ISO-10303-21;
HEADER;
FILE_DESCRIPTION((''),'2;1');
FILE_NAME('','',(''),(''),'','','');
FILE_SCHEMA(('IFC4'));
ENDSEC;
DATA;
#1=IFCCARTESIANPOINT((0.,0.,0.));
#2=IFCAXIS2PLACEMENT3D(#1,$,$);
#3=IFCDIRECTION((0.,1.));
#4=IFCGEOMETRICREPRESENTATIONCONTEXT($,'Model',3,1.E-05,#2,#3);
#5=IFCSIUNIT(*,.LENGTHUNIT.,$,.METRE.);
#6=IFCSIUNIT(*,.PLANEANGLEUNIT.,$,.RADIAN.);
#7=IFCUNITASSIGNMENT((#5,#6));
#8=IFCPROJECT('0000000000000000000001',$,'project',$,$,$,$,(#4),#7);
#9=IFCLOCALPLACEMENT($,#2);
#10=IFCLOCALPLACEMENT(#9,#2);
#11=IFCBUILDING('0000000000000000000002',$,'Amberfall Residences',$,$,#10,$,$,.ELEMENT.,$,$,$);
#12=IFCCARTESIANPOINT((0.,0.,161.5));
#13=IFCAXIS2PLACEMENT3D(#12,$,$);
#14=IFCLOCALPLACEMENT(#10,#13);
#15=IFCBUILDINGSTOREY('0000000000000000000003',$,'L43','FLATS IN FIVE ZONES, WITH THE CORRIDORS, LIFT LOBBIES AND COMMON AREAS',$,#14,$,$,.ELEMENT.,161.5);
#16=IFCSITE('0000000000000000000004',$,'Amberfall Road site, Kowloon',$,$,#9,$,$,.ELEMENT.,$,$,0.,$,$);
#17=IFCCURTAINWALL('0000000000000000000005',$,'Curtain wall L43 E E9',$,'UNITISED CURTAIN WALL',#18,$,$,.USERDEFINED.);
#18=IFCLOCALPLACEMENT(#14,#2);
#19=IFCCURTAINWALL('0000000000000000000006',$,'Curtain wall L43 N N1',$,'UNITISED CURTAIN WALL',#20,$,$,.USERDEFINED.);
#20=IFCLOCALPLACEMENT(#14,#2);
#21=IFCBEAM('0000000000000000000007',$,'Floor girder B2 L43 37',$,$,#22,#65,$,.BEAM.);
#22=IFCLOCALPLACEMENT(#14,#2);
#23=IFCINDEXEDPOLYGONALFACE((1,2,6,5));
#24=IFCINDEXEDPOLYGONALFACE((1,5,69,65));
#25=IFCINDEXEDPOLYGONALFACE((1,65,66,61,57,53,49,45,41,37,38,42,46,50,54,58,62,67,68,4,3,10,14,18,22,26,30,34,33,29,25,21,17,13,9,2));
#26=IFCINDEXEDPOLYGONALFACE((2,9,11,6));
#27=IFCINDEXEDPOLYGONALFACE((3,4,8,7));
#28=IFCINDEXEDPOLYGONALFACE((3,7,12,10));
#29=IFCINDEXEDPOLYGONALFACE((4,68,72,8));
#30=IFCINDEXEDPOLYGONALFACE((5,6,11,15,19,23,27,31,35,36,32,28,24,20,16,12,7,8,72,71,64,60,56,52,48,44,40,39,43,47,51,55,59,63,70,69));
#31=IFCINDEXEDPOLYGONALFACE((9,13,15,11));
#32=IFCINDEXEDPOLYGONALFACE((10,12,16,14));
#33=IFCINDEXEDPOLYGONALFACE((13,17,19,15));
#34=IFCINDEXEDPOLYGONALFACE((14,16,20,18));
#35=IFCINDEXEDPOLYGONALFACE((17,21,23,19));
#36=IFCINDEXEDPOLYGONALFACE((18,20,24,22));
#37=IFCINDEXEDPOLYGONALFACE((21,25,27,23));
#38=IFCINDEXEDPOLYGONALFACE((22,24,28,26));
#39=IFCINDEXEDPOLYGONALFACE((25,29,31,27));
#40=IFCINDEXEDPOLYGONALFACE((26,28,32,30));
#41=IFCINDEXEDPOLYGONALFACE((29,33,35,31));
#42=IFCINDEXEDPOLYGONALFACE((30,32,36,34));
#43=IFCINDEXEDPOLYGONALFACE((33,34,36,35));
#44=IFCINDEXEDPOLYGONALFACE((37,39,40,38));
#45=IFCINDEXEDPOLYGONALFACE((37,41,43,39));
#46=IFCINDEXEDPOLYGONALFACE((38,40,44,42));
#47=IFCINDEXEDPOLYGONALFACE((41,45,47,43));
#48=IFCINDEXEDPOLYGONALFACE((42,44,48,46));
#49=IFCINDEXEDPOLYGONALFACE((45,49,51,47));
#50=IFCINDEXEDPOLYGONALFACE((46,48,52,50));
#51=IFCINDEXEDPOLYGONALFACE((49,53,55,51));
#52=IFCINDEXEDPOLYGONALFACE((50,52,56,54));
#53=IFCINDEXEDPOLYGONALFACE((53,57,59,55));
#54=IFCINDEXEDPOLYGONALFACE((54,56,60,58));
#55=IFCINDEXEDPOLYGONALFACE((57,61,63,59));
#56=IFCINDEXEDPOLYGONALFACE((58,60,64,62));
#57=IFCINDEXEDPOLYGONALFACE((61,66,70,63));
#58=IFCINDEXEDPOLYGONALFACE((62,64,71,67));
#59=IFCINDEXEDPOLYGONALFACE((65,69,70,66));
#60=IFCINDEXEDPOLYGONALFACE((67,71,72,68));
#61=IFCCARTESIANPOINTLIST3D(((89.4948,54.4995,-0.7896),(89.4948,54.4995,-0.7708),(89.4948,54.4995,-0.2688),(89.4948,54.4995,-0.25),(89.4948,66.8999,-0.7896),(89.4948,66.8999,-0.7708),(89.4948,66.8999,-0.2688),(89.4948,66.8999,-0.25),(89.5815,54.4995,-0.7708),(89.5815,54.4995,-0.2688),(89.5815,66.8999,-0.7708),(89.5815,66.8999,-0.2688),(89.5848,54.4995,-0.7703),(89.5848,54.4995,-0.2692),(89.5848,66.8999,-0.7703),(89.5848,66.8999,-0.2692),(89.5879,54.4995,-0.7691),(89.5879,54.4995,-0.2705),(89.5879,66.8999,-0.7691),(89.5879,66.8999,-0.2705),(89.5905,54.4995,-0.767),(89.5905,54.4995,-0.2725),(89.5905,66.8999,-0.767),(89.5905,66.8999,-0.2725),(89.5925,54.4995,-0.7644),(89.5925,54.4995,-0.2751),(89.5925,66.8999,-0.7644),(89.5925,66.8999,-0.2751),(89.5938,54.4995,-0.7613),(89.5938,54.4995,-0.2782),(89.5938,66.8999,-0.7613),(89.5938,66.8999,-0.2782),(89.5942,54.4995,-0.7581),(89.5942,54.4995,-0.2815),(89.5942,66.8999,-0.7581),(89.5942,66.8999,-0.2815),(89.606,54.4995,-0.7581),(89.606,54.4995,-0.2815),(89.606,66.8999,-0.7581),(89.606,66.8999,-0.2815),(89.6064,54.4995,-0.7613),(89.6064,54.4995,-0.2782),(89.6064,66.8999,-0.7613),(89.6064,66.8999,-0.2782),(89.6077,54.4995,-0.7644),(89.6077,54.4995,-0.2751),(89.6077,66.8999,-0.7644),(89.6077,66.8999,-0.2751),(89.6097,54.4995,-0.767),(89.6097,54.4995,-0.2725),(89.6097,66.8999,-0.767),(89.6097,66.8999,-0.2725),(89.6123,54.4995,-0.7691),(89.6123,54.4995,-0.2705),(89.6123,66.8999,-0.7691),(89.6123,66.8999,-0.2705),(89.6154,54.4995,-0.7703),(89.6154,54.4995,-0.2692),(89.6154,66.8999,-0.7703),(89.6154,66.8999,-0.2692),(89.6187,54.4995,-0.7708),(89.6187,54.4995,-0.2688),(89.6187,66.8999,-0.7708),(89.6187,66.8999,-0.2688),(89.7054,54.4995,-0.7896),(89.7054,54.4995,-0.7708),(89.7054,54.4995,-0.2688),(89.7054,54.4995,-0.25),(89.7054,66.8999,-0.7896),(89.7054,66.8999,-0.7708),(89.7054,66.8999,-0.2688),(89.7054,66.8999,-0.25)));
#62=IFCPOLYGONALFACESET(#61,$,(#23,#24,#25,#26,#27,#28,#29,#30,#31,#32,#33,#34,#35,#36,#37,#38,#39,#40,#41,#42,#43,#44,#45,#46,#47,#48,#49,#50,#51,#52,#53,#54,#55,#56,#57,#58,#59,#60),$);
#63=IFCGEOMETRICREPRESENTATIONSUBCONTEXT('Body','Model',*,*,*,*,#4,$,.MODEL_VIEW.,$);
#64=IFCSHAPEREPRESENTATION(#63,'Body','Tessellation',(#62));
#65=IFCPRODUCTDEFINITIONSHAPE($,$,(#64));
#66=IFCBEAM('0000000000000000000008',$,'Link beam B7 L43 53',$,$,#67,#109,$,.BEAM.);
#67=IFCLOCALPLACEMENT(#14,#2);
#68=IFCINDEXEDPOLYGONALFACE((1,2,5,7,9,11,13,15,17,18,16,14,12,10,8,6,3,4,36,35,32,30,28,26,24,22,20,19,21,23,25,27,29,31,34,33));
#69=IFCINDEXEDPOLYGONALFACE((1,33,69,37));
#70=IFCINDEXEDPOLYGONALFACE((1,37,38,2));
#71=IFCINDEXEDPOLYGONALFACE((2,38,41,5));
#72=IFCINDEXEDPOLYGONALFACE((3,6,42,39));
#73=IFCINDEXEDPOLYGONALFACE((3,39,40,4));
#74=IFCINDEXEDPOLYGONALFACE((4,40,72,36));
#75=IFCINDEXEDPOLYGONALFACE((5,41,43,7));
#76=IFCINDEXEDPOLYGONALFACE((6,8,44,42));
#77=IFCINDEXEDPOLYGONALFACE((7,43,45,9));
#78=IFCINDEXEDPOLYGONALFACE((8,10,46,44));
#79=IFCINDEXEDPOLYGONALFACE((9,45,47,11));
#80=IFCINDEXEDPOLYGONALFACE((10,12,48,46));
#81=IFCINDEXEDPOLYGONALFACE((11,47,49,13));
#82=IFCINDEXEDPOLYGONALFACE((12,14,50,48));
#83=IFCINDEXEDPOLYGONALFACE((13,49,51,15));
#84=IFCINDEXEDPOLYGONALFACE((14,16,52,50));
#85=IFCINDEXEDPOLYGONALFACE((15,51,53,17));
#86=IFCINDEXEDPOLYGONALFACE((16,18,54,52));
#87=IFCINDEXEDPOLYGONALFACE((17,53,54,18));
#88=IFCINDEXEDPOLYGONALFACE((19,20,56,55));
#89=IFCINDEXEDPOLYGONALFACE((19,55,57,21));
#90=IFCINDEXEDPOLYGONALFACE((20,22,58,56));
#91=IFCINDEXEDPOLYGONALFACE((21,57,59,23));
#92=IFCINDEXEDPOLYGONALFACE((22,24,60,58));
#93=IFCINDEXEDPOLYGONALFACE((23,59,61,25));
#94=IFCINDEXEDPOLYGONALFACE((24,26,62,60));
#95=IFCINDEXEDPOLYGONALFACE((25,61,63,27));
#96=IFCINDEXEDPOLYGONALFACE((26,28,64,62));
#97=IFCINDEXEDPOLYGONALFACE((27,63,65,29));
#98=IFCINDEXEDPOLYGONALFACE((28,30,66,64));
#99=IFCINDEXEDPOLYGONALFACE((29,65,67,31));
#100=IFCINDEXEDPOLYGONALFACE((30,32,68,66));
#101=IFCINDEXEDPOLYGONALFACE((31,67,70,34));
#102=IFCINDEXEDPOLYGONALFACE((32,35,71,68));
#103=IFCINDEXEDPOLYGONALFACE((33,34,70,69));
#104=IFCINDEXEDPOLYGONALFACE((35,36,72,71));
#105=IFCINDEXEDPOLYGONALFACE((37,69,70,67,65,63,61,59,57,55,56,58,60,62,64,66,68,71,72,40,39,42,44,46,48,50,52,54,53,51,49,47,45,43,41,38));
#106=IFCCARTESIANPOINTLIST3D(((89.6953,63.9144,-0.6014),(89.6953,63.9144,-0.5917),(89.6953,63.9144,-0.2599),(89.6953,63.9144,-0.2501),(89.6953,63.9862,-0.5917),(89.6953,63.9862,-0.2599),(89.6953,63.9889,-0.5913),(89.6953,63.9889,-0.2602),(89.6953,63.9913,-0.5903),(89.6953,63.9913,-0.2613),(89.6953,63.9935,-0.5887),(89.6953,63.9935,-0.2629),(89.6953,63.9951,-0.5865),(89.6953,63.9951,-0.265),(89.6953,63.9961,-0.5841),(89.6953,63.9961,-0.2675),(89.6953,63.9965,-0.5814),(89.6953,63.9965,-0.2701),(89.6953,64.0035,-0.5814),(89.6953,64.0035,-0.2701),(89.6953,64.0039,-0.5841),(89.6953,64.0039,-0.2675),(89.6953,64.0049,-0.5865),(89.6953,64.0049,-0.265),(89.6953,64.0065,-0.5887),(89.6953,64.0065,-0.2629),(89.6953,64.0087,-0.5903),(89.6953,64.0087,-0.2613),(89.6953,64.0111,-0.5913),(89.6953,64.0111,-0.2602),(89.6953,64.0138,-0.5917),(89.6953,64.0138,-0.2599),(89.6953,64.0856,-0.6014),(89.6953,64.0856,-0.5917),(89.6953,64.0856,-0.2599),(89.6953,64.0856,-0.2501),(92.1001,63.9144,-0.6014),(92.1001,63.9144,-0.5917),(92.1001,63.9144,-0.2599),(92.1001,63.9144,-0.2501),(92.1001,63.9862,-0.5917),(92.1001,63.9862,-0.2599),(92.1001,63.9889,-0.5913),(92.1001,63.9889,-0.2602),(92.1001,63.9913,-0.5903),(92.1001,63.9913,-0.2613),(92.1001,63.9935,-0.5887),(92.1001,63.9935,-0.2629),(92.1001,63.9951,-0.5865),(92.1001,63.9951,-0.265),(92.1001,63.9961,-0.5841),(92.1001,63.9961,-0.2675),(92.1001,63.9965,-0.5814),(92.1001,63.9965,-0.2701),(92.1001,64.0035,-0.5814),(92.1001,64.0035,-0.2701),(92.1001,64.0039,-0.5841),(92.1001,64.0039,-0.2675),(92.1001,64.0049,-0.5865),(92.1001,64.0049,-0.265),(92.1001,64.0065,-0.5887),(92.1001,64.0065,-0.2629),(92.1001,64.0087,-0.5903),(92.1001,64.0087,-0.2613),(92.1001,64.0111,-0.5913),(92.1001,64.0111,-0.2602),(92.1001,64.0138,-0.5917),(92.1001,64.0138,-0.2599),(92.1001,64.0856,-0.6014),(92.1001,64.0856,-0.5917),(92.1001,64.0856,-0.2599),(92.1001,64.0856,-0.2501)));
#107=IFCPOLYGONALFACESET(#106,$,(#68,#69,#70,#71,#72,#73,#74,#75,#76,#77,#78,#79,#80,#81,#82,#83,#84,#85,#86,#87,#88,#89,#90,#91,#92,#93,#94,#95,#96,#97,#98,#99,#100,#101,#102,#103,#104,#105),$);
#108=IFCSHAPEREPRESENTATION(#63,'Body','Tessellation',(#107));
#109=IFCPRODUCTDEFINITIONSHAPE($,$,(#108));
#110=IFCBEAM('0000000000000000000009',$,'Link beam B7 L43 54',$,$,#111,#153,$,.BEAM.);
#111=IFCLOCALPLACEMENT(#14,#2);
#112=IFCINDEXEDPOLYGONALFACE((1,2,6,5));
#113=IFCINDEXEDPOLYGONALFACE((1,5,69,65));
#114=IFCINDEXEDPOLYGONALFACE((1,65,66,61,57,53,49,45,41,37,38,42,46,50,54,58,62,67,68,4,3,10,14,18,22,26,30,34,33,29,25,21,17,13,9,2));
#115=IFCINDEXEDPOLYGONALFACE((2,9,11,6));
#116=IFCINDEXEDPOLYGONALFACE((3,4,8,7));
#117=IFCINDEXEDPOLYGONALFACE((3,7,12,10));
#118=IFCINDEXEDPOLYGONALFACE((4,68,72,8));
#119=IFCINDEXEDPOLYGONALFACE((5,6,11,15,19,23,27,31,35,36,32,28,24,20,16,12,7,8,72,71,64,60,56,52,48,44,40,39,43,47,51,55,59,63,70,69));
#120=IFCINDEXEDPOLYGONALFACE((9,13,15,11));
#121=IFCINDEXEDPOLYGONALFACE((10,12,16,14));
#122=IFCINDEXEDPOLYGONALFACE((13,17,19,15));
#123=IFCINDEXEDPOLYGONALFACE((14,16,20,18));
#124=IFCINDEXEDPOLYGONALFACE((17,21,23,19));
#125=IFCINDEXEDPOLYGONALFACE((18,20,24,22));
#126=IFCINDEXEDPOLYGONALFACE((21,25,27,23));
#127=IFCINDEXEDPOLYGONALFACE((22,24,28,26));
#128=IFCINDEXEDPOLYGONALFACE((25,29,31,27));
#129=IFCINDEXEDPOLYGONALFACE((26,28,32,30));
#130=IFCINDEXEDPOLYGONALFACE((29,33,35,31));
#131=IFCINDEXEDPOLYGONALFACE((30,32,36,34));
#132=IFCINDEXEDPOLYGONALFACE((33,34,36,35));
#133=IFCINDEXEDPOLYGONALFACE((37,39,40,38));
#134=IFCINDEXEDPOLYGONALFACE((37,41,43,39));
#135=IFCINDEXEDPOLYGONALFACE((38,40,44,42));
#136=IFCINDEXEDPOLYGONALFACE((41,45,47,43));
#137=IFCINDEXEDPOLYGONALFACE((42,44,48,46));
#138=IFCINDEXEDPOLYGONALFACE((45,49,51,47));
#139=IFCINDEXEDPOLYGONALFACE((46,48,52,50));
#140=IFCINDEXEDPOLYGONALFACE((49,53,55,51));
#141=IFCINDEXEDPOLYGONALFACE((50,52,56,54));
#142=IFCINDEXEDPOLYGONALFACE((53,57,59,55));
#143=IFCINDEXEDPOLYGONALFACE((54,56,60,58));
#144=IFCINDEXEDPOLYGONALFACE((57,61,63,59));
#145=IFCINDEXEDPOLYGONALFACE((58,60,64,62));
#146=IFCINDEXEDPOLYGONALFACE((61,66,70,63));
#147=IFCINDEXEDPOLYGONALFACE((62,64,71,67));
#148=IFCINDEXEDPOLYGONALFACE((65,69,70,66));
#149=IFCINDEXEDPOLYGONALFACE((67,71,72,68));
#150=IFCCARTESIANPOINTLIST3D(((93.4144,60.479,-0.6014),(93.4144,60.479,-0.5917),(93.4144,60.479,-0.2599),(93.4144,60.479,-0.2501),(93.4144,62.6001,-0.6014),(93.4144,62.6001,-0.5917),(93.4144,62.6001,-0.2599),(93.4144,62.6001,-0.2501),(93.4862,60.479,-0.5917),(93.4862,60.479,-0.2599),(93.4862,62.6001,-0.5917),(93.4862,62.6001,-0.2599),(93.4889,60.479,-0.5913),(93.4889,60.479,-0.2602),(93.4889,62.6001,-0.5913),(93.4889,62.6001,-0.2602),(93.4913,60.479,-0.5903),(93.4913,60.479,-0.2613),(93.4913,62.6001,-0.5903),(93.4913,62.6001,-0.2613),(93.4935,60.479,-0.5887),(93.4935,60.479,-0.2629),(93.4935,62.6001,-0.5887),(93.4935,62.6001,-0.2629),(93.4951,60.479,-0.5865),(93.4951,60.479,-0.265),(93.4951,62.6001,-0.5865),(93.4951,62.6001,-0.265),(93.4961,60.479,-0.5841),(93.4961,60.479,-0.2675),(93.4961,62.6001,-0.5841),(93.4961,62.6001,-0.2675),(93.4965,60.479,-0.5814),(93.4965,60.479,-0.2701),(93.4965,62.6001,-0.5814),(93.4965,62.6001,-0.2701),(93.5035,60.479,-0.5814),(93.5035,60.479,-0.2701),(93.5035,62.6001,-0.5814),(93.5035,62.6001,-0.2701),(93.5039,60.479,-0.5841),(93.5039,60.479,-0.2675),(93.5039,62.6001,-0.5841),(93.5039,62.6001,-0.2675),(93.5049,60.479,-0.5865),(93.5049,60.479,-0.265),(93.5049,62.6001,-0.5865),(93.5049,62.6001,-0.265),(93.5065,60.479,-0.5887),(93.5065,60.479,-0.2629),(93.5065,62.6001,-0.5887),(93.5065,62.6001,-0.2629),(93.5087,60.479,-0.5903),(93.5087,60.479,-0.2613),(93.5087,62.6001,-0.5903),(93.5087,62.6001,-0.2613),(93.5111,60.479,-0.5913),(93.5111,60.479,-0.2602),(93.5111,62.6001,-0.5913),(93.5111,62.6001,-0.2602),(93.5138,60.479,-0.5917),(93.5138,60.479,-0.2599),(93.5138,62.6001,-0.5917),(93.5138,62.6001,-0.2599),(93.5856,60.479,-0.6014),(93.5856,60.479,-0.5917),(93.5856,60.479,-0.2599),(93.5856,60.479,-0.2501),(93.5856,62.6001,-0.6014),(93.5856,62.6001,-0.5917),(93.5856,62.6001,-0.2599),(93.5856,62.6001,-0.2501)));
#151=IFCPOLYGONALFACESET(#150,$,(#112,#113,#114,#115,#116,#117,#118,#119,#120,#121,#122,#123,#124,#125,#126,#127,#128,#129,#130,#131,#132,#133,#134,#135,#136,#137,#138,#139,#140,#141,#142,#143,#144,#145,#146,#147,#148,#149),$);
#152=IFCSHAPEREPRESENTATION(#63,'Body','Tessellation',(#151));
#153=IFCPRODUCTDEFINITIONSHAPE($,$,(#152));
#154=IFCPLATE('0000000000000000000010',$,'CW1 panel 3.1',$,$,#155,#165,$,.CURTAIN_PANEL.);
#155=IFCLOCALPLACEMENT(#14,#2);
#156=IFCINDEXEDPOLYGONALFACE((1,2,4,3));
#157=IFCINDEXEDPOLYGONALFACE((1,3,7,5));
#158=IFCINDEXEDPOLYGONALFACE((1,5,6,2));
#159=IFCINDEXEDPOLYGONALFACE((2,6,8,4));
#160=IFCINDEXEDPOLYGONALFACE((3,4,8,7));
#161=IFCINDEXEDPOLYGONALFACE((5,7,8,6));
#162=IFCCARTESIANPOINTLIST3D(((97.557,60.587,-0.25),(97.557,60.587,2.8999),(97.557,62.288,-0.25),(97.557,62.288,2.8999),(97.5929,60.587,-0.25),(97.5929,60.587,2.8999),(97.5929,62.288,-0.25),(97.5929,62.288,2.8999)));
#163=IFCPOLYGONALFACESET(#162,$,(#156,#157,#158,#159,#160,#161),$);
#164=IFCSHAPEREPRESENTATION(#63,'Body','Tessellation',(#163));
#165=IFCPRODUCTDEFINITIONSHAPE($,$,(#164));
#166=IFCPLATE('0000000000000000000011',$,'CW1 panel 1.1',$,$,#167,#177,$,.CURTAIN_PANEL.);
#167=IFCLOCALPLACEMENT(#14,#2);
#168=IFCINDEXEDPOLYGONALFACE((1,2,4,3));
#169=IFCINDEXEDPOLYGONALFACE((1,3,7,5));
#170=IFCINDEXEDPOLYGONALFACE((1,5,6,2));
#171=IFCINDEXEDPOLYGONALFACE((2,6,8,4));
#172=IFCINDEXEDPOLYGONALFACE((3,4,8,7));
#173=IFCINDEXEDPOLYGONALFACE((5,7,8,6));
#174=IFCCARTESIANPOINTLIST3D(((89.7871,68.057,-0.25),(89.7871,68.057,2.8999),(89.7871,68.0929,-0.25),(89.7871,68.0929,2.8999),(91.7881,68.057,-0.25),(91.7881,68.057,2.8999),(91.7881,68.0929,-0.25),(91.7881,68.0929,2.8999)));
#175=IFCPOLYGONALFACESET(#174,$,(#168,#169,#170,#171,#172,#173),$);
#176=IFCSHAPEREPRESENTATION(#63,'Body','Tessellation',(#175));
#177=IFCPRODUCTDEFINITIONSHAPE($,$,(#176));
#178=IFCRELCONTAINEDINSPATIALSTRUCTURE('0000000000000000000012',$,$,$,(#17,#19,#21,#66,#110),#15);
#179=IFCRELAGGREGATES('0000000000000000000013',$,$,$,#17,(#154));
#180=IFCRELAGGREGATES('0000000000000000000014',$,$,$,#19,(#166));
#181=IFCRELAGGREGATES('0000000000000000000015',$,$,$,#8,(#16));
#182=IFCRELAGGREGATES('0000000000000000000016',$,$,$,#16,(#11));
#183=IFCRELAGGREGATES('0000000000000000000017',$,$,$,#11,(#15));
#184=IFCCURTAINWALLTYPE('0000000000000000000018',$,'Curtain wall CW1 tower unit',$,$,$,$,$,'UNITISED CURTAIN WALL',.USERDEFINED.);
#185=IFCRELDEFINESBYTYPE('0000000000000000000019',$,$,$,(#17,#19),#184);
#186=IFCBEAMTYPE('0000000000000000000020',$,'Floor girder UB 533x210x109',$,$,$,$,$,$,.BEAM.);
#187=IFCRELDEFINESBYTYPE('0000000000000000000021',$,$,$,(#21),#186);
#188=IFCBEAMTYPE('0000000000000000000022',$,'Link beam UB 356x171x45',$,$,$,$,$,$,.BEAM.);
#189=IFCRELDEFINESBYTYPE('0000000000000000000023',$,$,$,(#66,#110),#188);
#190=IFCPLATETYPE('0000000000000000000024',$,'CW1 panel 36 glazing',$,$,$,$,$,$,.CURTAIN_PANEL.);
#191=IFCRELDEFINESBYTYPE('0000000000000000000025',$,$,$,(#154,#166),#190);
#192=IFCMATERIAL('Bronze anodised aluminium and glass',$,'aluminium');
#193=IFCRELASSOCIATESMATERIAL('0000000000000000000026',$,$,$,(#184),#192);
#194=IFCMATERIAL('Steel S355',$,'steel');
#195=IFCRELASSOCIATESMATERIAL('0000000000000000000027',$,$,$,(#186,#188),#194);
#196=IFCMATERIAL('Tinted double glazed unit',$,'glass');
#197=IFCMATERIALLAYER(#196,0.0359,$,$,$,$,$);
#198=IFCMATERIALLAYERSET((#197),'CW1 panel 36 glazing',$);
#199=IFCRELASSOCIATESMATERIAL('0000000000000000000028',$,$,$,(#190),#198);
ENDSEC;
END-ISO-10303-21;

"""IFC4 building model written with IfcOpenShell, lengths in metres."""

from ifc_helpers import new_model, si_unit, direction, frame, origin, origin_2d, place, context, subcontext, project, spatial, rectangle, i_section, extrude, material, layer, layer_set, material_profile, profile_set, type_object, element, aggregate, save


model = new_model("IFC4")

# Units and contexts
model_context = context("Model", 3, precision=1e-05, world=origin(), true_north=direction((0.0, 1.0)))
body_context = subcontext(model_context, "Body", "Model", "MODEL_VIEW")
ifc_project = project(units=[si_unit("LENGTHUNIT", "METRE"), si_unit("PLANEANGLEUNIT", "RADIAN")], contexts=[model_context])

# Site, building, storey
site_placement = place(None, origin())
site = spatial("IfcSite", under=ifc_project, at=site_placement, Name="Amberfall Road site, Kowloon", CompositionType="ELEMENT", RefElevation=0.0)
building_placement = place(site_placement, origin())
building = spatial("IfcBuilding", under=site, at=building_placement, Name="Amberfall Residences", CompositionType="ELEMENT")
storey_placement = place(building_placement, frame((0.0, 0.0, 161.5)))
storey = spatial("IfcBuildingStorey", under=building, at=storey_placement, Name="L43", Description="FLATS IN FIVE ZONES, WITH THE CORRIDORS, LIFT LOBBIES AND COMMON AREAS", CompositionType="ELEMENT", Elevation=161.5)

# Curtain wall
ifc_material_1 = material(Name="Bronze anodised aluminium and glass", Category="aluminium")
curtain_wall_type = type_object("IfcCurtainWallType", Name="Curtain wall CW1 tower unit", ElementType="UNITISED CURTAIN WALL", PredefinedType="USERDEFINED", material=ifc_material_1)
curtain_wall_1_placement = place(storey_placement, origin())
curtain_wall_1 = element("IfcCurtainWall", 1, at=curtain_wall_1_placement, inside=storey, type_object=curtain_wall_type, Name="Curtain wall L43 E E9", ObjectType="UNITISED CURTAIN WALL", PredefinedType="USERDEFINED")

# Curtain wall
curtain_wall_2_placement = place(storey_placement, origin())
curtain_wall_2 = element("IfcCurtainWall", 2, at=curtain_wall_2_placement, inside=storey, type_object=curtain_wall_type, Name="Curtain wall L43 N N1", ObjectType="UNITISED CURTAIN WALL", PredefinedType="USERDEFINED")

# Beams
ifc_material_2 = material(Name="Steel S355", Category="steel")
ifc_material_profile_1 = material_profile(ifc_material_2, i_section(OverallWidth=0.2107, OverallDepth=0.5396, WebThickness=0.0117, FlangeThickness=0.0188, FilletRadius=0.0127, at=origin_2d()), Name="UB 533x210x109")
ifc_profile_set_1 = profile_set([ifc_material_profile_1], Name="Steel S355")
beam_type_1 = type_object("IfcBeamType", Name="Floor girder UB 533x210x109", PredefinedType="BEAM", material=ifc_profile_set_1)
beam_1_placement = place(storey_placement, frame((89.6001, 66.8999, -0.5198), z_axis=(0.0, -1.0, 0.0), x_axis=(1.0, 0.0, 0.0)))
element("IfcBeam", 3, at=beam_1_placement, inside=storey, type_object=beam_type_1, Name="Floor girder B2 L43 37", PredefinedType="BEAM", context=body_context, shape_type="SweptSolid", body=[
    extrude(i_section(OverallWidth=0.2107, OverallDepth=0.5396, WebThickness=0.0117, FlangeThickness=0.0188, FilletRadius=0.0127, at=origin_2d()), origin(), (0.0, 0.0, 1.0), 12.4004),
])
ifc_material_profile_2 = material_profile(ifc_material_2, i_section(OverallWidth=0.1711, OverallDepth=0.3513, WebThickness=0.0071, FlangeThickness=0.0098, FilletRadius=0.0103, at=origin_2d()), Name="UB 356x171x45")
ifc_profile_set_2 = profile_set([ifc_material_profile_2], Name="Steel S355")
beam_type_2 = type_object("IfcBeamType", Name="Link beam UB 356x171x45", PredefinedType="BEAM", material=ifc_profile_set_2)
beam_2_placement = place(storey_placement, frame((92.1001, 64.0, -0.4258), z_axis=(-1.0, 0.0, 0.0), x_axis=(0.0, -1.0, 0.0)))
element("IfcBeam", 4, at=beam_2_placement, inside=storey, type_object=beam_type_2, Name="Link beam B7 L43 53", PredefinedType="BEAM", context=body_context, shape_type="SweptSolid", body=[
    extrude(i_section(OverallWidth=0.1711, OverallDepth=0.3513, WebThickness=0.0071, FlangeThickness=0.0098, FilletRadius=0.0103, at=origin_2d()), origin(), (0.0, 0.0, 1.0), 2.4048),
])
beam_3_placement = place(storey_placement, frame((93.5, 62.6001, -0.4258), z_axis=(0.0, -1.0, 0.0), x_axis=(1.0, 0.0, 0.0)))
element("IfcBeam", 5, at=beam_3_placement, inside=storey, type_object=beam_type_2, Name="Link beam B7 L43 54", PredefinedType="BEAM", context=body_context, shape_type="SweptSolid", body=[
    extrude(i_section(OverallWidth=0.1711, OverallDepth=0.3513, WebThickness=0.0071, FlangeThickness=0.0098, FilletRadius=0.0103, at=origin_2d()), origin(), (0.0, 0.0, 1.0), 2.1211),
])

# Plates
ifc_material_3 = material(Name="Tinted double glazed unit", Category="glass")
ifc_layer_1 = layer(ifc_material_3, 0.0359)
ifc_layer_set_1 = layer_set([ifc_layer_1], Name="CW1 panel 36 glazing")
plate_type = type_object("IfcPlateType", Name="CW1 panel 36 glazing", PredefinedType="CURTAIN_PANEL", material=ifc_layer_set_1)
plate_1_placement = place(storey_placement, frame((97.575, 61.4375, -0.25), z_axis=(0.0, 0.0, 1.0), x_axis=(0.0, 1.0, 0.0)))
plate_1 = element("IfcPlate", 6, at=plate_1_placement, type_object=plate_type, Name="CW1 panel 3.1", PredefinedType="CURTAIN_PANEL", context=body_context, shape_type="SweptSolid", body=[
    extrude(rectangle(XDim=1.7009, YDim=0.0359, at=origin_2d()), origin(), (0.0, 0.0, 1.0), 3.1499),
])
aggregate(curtain_wall_1, [plate_1])
plate_2_placement = place(storey_placement, frame((90.7876, 68.075, -0.25), z_axis=(0.0, 0.0, 1.0), x_axis=(-1.0, 0.0, 0.0)))
plate_2 = element("IfcPlate", 7, at=plate_2_placement, type_object=plate_type, Name="CW1 panel 1.1", PredefinedType="CURTAIN_PANEL", context=body_context, shape_type="SweptSolid", body=[
    extrude(rectangle(XDim=2.001, YDim=0.0359, at=origin_2d()), origin(), (0.0, 0.0, 1.0), 3.1499),
])
aggregate(curtain_wall_2, [plate_2])

save(model, "model.ifc")
